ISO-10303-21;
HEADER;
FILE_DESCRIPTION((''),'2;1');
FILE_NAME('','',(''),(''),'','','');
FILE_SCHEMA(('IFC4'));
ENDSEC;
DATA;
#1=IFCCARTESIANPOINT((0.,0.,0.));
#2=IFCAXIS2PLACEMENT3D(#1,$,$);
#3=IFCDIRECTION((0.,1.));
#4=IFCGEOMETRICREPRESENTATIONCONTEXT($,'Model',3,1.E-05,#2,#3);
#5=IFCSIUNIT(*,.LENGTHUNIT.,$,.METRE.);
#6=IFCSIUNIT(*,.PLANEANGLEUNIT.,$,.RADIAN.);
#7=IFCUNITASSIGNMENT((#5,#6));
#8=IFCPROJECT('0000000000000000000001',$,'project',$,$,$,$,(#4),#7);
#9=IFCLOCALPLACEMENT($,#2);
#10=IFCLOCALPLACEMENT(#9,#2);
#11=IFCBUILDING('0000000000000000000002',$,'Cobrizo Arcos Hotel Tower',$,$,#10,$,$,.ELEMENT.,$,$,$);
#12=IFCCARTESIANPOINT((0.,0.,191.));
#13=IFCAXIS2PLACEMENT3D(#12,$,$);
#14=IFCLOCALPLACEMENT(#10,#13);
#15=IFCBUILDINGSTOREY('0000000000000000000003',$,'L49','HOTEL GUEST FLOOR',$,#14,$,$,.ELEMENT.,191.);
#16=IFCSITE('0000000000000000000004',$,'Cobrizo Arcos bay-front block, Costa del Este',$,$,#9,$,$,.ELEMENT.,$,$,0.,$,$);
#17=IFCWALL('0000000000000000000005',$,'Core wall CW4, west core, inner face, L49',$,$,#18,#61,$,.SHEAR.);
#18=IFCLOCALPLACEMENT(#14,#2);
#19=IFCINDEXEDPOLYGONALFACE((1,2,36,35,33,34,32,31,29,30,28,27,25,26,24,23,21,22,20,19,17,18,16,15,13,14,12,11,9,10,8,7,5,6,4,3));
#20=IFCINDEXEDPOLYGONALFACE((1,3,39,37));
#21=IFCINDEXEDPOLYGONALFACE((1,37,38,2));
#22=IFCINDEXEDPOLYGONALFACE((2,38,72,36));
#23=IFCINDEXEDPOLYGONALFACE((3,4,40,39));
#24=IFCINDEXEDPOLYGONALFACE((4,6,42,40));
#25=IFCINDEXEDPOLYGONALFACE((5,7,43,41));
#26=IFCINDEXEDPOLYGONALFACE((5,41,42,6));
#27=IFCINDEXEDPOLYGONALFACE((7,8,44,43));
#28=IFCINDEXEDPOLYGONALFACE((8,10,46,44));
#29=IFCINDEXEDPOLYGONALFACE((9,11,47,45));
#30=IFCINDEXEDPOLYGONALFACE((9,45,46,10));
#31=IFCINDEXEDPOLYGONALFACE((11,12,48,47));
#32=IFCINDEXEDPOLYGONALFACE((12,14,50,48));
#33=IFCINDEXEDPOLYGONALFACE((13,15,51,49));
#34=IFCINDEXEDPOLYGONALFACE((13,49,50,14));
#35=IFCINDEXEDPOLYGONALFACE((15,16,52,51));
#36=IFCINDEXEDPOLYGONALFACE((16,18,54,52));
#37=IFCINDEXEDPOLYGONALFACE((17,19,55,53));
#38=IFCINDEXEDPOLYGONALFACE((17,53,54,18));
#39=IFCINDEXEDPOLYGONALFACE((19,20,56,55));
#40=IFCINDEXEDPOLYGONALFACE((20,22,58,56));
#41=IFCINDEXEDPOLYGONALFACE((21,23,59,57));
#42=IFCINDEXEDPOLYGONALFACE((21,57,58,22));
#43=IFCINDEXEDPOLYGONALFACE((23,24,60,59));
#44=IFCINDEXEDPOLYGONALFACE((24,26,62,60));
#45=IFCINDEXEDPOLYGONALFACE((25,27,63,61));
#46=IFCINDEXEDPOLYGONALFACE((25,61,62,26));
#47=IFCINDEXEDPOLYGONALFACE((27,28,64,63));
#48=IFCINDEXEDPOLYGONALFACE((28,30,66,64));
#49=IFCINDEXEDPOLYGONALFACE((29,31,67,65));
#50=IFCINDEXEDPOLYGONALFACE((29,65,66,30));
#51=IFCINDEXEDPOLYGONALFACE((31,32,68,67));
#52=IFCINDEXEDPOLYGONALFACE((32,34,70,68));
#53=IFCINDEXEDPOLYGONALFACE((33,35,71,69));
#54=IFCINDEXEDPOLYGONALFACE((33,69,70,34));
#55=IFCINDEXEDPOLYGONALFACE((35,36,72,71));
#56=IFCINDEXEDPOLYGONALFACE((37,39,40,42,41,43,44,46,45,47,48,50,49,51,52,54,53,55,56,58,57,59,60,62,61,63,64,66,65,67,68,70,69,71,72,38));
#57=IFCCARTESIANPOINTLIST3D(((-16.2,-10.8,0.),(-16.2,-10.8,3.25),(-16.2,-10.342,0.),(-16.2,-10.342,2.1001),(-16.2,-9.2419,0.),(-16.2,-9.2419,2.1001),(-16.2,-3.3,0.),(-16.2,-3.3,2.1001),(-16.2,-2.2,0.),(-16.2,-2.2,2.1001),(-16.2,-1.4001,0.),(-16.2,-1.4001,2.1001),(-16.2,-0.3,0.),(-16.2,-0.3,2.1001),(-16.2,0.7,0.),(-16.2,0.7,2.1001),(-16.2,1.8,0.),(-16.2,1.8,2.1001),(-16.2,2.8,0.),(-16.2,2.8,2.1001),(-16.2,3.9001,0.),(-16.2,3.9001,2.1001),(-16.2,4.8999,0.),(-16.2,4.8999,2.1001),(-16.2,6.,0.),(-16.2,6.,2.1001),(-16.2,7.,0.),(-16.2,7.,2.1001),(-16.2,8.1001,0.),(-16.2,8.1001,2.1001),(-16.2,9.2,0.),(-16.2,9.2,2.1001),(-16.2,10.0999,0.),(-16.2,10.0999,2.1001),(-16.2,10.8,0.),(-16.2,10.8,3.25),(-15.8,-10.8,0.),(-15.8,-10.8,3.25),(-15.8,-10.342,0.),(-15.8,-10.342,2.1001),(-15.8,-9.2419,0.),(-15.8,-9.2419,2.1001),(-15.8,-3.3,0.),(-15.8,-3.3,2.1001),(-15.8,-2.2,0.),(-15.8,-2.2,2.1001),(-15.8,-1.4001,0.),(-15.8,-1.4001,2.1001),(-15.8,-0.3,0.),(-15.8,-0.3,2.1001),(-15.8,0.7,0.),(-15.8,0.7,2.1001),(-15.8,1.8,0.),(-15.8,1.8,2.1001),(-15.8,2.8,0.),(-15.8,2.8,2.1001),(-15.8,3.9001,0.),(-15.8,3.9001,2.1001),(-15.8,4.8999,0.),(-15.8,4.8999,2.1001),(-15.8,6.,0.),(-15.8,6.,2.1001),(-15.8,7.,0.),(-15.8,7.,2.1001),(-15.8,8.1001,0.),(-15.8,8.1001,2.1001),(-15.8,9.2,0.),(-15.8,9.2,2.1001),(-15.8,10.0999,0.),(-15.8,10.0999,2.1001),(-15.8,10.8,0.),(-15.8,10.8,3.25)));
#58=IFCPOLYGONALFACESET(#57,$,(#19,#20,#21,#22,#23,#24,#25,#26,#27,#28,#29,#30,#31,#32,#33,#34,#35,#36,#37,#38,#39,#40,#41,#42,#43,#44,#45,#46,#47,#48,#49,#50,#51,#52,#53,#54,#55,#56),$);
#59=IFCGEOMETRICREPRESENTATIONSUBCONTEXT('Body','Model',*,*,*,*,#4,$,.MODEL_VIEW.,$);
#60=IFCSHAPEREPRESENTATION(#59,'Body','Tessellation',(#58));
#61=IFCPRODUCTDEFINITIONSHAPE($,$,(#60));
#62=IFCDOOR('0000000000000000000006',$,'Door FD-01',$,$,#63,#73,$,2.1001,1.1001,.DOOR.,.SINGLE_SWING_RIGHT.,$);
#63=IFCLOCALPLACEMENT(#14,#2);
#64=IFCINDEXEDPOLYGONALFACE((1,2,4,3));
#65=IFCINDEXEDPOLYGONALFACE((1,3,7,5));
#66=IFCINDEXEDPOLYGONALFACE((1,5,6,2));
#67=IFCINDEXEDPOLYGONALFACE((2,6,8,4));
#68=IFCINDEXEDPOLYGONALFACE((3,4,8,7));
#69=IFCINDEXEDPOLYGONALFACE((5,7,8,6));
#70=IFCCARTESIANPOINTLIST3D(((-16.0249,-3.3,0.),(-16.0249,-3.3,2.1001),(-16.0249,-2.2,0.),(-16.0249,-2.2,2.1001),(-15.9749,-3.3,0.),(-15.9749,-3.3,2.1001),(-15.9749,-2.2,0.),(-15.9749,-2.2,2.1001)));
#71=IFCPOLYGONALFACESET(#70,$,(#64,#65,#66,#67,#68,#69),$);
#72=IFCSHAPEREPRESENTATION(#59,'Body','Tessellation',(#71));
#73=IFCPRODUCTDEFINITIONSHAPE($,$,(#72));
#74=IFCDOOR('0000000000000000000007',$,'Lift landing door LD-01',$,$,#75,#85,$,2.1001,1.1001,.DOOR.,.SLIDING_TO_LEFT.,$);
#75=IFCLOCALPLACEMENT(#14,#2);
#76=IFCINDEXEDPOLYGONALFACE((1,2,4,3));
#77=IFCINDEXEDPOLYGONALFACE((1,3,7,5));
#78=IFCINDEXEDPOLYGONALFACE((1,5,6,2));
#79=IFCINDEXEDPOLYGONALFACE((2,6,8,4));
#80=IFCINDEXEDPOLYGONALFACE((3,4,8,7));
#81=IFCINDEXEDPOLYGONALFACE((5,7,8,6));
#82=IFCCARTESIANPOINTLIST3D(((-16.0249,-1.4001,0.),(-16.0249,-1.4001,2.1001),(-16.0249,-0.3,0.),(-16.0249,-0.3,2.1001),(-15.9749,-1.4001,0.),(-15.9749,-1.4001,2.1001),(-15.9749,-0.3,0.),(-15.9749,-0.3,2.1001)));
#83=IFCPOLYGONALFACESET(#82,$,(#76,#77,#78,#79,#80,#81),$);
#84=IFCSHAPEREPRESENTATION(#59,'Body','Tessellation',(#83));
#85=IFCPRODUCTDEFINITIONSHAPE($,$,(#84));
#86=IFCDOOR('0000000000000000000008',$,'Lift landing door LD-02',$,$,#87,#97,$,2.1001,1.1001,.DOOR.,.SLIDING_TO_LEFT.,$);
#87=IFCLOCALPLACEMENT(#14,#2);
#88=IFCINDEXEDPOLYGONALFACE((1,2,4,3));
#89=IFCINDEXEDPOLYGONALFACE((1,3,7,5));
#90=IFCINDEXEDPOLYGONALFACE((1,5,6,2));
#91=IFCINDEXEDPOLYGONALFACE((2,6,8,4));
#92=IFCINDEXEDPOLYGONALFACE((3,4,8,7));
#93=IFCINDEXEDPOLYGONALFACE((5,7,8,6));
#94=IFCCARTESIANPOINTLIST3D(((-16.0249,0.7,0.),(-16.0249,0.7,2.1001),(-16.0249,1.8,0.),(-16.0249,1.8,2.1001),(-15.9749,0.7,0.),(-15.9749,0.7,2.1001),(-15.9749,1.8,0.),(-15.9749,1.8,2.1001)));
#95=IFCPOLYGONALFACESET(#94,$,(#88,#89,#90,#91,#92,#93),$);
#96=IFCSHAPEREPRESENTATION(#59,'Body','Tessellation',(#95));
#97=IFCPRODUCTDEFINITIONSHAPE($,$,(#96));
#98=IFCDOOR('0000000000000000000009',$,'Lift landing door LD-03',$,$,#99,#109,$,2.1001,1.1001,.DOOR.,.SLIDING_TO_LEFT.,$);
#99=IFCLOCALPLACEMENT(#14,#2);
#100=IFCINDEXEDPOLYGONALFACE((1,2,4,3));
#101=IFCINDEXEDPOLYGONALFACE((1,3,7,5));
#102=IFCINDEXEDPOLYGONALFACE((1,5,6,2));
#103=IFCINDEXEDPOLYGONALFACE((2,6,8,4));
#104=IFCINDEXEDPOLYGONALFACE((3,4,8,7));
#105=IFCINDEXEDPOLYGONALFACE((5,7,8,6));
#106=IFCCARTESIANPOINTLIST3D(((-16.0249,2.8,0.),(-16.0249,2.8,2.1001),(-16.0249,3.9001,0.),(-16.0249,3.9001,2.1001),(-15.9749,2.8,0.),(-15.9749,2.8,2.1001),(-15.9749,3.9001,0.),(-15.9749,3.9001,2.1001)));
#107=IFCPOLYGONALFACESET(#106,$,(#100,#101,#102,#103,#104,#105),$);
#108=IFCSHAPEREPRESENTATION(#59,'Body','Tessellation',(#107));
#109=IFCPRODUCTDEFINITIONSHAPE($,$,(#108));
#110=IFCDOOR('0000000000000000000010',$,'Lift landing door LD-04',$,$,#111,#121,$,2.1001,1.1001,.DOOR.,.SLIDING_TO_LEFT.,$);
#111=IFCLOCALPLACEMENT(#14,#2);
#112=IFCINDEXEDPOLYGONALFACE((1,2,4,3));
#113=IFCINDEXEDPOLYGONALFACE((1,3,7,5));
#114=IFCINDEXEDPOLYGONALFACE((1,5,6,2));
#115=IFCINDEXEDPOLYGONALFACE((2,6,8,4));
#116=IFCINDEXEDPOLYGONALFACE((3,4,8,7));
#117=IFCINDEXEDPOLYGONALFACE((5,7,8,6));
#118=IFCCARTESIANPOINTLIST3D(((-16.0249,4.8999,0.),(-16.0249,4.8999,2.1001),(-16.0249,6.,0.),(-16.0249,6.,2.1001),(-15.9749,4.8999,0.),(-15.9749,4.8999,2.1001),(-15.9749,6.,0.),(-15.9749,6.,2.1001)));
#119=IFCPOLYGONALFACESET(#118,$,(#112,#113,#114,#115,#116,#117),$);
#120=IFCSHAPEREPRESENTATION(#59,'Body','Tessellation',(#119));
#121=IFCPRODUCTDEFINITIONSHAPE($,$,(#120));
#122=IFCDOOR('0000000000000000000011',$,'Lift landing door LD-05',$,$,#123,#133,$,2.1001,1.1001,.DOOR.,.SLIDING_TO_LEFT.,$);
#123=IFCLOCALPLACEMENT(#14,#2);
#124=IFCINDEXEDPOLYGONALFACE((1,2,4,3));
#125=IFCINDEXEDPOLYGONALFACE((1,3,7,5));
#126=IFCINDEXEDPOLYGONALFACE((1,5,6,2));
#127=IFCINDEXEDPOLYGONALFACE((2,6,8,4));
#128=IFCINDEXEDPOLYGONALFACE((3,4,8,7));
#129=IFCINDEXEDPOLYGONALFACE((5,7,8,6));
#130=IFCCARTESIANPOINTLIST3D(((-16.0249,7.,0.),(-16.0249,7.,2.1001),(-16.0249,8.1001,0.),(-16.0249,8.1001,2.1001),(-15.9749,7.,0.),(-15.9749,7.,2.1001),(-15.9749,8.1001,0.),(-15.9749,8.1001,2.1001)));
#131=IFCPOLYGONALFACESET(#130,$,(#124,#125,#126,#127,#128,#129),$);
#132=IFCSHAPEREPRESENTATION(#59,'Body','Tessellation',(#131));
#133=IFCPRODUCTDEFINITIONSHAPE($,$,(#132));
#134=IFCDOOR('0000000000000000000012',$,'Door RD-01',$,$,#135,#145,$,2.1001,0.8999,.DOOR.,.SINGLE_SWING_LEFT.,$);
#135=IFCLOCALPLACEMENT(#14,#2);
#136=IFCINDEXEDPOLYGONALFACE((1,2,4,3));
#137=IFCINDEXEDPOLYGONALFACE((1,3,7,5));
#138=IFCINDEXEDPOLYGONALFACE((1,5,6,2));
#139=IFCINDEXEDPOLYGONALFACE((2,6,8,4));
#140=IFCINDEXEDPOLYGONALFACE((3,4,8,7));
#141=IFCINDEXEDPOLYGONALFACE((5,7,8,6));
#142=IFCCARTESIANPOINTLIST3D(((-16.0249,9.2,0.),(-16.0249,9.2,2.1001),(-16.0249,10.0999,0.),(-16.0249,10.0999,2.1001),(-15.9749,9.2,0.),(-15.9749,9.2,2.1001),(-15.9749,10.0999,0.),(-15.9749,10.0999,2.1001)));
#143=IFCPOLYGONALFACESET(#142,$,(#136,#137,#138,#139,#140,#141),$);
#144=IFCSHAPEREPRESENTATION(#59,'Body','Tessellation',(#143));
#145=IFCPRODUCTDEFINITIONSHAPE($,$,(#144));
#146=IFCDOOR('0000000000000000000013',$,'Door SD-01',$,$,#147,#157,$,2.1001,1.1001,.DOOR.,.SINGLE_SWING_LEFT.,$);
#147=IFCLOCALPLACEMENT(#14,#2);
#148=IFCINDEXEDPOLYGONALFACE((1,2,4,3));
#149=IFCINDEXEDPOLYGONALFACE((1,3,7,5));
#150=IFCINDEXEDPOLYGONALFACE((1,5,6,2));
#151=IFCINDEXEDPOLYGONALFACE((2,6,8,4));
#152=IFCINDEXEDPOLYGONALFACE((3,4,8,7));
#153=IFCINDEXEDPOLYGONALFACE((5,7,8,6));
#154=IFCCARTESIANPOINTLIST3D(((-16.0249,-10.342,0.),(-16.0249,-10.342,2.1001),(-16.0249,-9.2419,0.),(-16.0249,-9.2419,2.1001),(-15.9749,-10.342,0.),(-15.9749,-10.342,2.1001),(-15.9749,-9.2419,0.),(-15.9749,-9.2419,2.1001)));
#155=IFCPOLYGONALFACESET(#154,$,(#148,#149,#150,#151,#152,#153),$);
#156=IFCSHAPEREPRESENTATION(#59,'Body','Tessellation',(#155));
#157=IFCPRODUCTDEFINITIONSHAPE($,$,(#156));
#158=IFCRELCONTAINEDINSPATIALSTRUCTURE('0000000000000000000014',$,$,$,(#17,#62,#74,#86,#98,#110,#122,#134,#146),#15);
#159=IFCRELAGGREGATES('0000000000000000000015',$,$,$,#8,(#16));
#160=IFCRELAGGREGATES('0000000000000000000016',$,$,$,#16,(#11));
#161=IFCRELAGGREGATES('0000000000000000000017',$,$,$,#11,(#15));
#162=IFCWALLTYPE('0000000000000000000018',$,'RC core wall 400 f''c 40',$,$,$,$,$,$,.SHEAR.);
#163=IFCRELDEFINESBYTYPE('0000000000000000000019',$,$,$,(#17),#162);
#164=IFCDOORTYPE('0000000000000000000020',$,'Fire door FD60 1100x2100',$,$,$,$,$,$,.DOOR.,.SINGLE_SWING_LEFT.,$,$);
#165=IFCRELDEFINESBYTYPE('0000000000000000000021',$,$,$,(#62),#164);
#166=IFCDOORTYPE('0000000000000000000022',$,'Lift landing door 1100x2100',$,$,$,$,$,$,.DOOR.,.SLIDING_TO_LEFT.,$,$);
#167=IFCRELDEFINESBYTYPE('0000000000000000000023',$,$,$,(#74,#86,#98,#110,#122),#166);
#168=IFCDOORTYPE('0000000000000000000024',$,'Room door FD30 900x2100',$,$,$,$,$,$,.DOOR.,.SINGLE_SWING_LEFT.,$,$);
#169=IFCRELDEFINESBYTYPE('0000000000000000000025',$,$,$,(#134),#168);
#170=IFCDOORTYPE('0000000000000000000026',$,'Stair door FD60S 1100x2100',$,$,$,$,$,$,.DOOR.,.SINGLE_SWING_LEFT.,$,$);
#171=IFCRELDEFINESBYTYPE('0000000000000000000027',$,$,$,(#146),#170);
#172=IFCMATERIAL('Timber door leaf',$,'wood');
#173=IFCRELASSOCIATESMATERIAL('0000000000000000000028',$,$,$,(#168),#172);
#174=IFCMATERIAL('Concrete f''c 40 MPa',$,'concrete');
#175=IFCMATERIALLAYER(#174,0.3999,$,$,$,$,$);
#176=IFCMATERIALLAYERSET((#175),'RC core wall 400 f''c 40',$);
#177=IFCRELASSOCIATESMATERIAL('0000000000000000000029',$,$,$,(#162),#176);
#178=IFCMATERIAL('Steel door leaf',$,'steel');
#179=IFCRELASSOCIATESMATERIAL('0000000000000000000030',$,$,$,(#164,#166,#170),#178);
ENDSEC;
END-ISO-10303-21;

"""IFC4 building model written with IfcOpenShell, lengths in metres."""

from ifc_helpers import new_model, si_unit, direction, frame, frame_2d, origin, place, context, subcontext, project, spatial, rectangle, extrude, material, layer, layer_set, type_object, element, fill, save


model = new_model("IFC4")

# Units and contexts
model_context = context("Model", 3, precision=1e-05, world=origin(), true_north=direction((0.0, 1.0)))
body_context = subcontext(model_context, "Body", "Model", "MODEL_VIEW")
ifc_project = project(units=[si_unit("LENGTHUNIT", "METRE"), si_unit("PLANEANGLEUNIT", "RADIAN")], contexts=[model_context])

# Site, building, storey
site_placement = place(None, origin())
site = spatial("IfcSite", under=ifc_project, at=site_placement, Name="Cobrizo Arcos bay-front block, Costa del Este", CompositionType="ELEMENT", RefElevation=0.0)
building_placement = place(site_placement, origin())
building = spatial("IfcBuilding", under=site, at=building_placement, Name="Cobrizo Arcos Hotel Tower", CompositionType="ELEMENT")
storey_placement = place(building_placement, frame((0.0, 0.0, 191.0)))
storey = spatial("IfcBuildingStorey", under=building, at=storey_placement, Name="L49", Description="HOTEL GUEST FLOOR", CompositionType="ELEMENT", Elevation=191.0)

# Shared definitions
ifc_material_1 = material(Name="Timber door leaf", Category="wood")
door_type_1 = type_object("IfcDoorType", Name="Room door FD30 900x2100", OperationType="SINGLE_SWING_LEFT", PredefinedType="DOOR", material=ifc_material_1)

# Wall, openings, doors
ifc_material_2 = material(Name="Concrete f'c 40 MPa", Category="concrete")
ifc_layer_1 = layer(ifc_material_2, 0.3999)
ifc_layer_set_1 = layer_set([ifc_layer_1], Name="RC core wall 400 f'c 40")
wall_type_1 = type_object("IfcWallType", Name="RC core wall 400 f'c 40", PredefinedType="SHEAR", material=ifc_layer_set_1)
wall_1_placement = place(storey_placement, frame((-16.0, -10.8, 0.0), z_axis=(0.0, 0.0, 1.0), x_axis=(0.0, 1.0, 0.0)))
wall_1 = element("IfcWall", 1, at=wall_1_placement, inside=storey, type_object=wall_type_1, Name="Core wall CW4, west core, inner face, L49", PredefinedType="SHEAR", context=body_context, shape_type="SweptSolid", body=[
    extrude(rectangle(XDim=21.6001, YDim=0.3999, at=frame_2d((10.8, 0.0))), origin(), (0.0, 0.0, 1.0), 3.25),
])
opening_1_placement = place(wall_1_placement, frame((9.3999, 0.0, 0.0)))
opening_1 = element("IfcOpeningElement", 2, at=opening_1_placement, cuts=wall_1, PredefinedType="OPENING", context=body_context, shape_type="SweptSolid", body=[
    extrude(rectangle(XDim=1.1001, YDim=2.1001, at=frame_2d((0.55, 1.05))), frame((0.0, 0.2119, 0.0), z_axis=(0.0, -1.0, 0.0), x_axis=(1.0, 0.0, 0.0)), (0.0, 0.0, 1.0), 0.4238),
])
opening_2_placement = place(wall_1_placement, frame((11.5, 0.0, 0.0)))
opening_2 = element("IfcOpeningElement", 3, at=opening_2_placement, cuts=wall_1, PredefinedType="OPENING", context=body_context, shape_type="SweptSolid", body=[
    extrude(rectangle(XDim=1.1001, YDim=2.1001, at=frame_2d((0.55, 1.05))), frame((0.0, 0.2119, 0.0), z_axis=(0.0, -1.0, 0.0), x_axis=(1.0, 0.0, 0.0)), (0.0, 0.0, 1.0), 0.4238),
])
opening_3_placement = place(wall_1_placement, frame((13.6001, 0.0, 0.0)))
opening_3 = element("IfcOpeningElement", 4, at=opening_3_placement, cuts=wall_1, PredefinedType="OPENING", context=body_context, shape_type="SweptSolid", body=[
    extrude(rectangle(XDim=1.1001, YDim=2.1001, at=frame_2d((0.55, 1.05))), frame((0.0, 0.2119, 0.0), z_axis=(0.0, -1.0, 0.0), x_axis=(1.0, 0.0, 0.0)), (0.0, 0.0, 1.0), 0.4238),
])
opening_4_placement = place(wall_1_placement, frame((15.7, 0.0, 0.0)))
opening_4 = element("IfcOpeningElement", 5, at=opening_4_placement, cuts=wall_1, PredefinedType="OPENING", context=body_context, shape_type="SweptSolid", body=[
    extrude(rectangle(XDim=1.1001, YDim=2.1001, at=frame_2d((0.55, 1.05))), frame((0.0, 0.2119, 0.0), z_axis=(0.0, -1.0, 0.0), x_axis=(1.0, 0.0, 0.0)), (0.0, 0.0, 1.0), 0.4238),
])
opening_5_placement = place(wall_1_placement, frame((17.8, 0.0, 0.0)))
opening_5 = element("IfcOpeningElement", 6, at=opening_5_placement, cuts=wall_1, PredefinedType="OPENING", context=body_context, shape_type="SweptSolid", body=[
    extrude(rectangle(XDim=1.1001, YDim=2.1001, at=frame_2d((0.55, 1.05))), frame((0.0, 0.2119, 0.0), z_axis=(0.0, -1.0, 0.0), x_axis=(1.0, 0.0, 0.0)), (0.0, 0.0, 1.0), 0.4238),
])
opening_6_placement = place(wall_1_placement, frame((0.458, 0.0, 0.0)))
opening_6 = element("IfcOpeningElement", 7, at=opening_6_placement, cuts=wall_1, PredefinedType="OPENING", context=body_context, shape_type="SweptSolid", body=[
    extrude(rectangle(XDim=1.1001, YDim=2.1001, at=frame_2d((0.55, 1.05))), frame((0.0, 0.2119, 0.0), z_axis=(0.0, -1.0, 0.0), x_axis=(1.0, 0.0, 0.0)), (0.0, 0.0, 1.0), 0.4238),
])
opening_7_placement = place(wall_1_placement, frame((7.5, 0.0, 0.0)))
opening_7 = element("IfcOpeningElement", 8, at=opening_7_placement, cuts=wall_1, PredefinedType="OPENING", context=body_context, shape_type="SweptSolid", body=[
    extrude(rectangle(XDim=1.1001, YDim=2.1001, at=frame_2d((0.55, 1.05))), frame((0.0, 0.2119, 0.0), z_axis=(0.0, -1.0, 0.0), x_axis=(1.0, 0.0, 0.0)), (0.0, 0.0, 1.0), 0.4238),
])
opening_8_placement = place(wall_1_placement, frame((20.0, 0.0, 0.0)))
opening_8 = element("IfcOpeningElement", 9, at=opening_8_placement, cuts=wall_1, PredefinedType="OPENING", context=body_context, shape_type="SweptSolid", body=[
    extrude(rectangle(XDim=0.8999, YDim=2.1001, at=frame_2d((0.45, 1.05))), frame((0.0, 0.2119, 0.0), z_axis=(0.0, -1.0, 0.0), x_axis=(1.0, 0.0, 0.0)), (0.0, 0.0, 1.0), 0.4238),
])
ifc_material_3 = material(Name="Steel door leaf", Category="steel")
door_type_2 = type_object("IfcDoorType", Name="Fire door FD60 1100x2100", OperationType="SINGLE_SWING_LEFT", PredefinedType="DOOR", material=ifc_material_3)
door_1_placement = place(opening_7_placement, origin())
door_1 = element("IfcDoor", 10, at=door_1_placement, inside=storey, type_object=door_type_2, Name="Door FD-01", OperationType="SINGLE_SWING_RIGHT", OverallHeight=2.1001, OverallWidth=1.1001, PredefinedType="DOOR", context=body_context, shape_type="SweptSolid", body=[
    extrude(rectangle(XDim=1.1001, YDim=2.1001, at=frame_2d((0.55, 1.05))), frame((0.0, 0.0249, 0.0), z_axis=(0.0, -1.0, 0.0), x_axis=(1.0, 0.0, 0.0)), (0.0, 0.0, 1.0), 0.05),
])
fill(opening_7, door_1)
door_type_3 = type_object("IfcDoorType", Name="Lift landing door 1100x2100", OperationType="SLIDING_TO_LEFT", PredefinedType="DOOR", material=ifc_material_3)
door_2_placement = place(opening_1_placement, origin())
door_2 = element("IfcDoor", 11, at=door_2_placement, inside=storey, type_object=door_type_3, Name="Lift landing door LD-01", OperationType="SLIDING_TO_LEFT", OverallHeight=2.1001, OverallWidth=1.1001, PredefinedType="DOOR", context=body_context, shape_type="SweptSolid", body=[
    extrude(rectangle(XDim=1.1001, YDim=2.1001, at=frame_2d((0.55, 1.05))), frame((0.0, 0.0249, 0.0), z_axis=(0.0, -1.0, 0.0), x_axis=(1.0, 0.0, 0.0)), (0.0, 0.0, 1.0), 0.05),
])
fill(opening_1, door_2)
door_3_placement = place(opening_2_placement, origin())
door_3 = element("IfcDoor", 12, at=door_3_placement, inside=storey, type_object=door_type_3, Name="Lift landing door LD-02", OperationType="SLIDING_TO_LEFT", OverallHeight=2.1001, OverallWidth=1.1001, PredefinedType="DOOR", context=body_context, shape_type="SweptSolid", body=[
    extrude(rectangle(XDim=1.1001, YDim=2.1001, at=frame_2d((0.55, 1.05))), frame((0.0, 0.0249, 0.0), z_axis=(0.0, -1.0, 0.0), x_axis=(1.0, 0.0, 0.0)), (0.0, 0.0, 1.0), 0.05),
])
fill(opening_2, door_3)
door_4_placement = place(opening_3_placement, origin())
door_4 = element("IfcDoor", 13, at=door_4_placement, inside=storey, type_object=door_type_3, Name="Lift landing door LD-03", OperationType="SLIDING_TO_LEFT", OverallHeight=2.1001, OverallWidth=1.1001, PredefinedType="DOOR", context=body_context, shape_type="SweptSolid", body=[
    extrude(rectangle(XDim=1.1001, YDim=2.1001, at=frame_2d((0.55, 1.05))), frame((0.0, 0.0249, 0.0), z_axis=(0.0, -1.0, 0.0), x_axis=(1.0, 0.0, 0.0)), (0.0, 0.0, 1.0), 0.05),
])
fill(opening_3, door_4)
door_5_placement = place(opening_4_placement, origin())
door_5 = element("IfcDoor", 14, at=door_5_placement, inside=storey, type_object=door_type_3, Name="Lift landing door LD-04", OperationType="SLIDING_TO_LEFT", OverallHeight=2.1001, OverallWidth=1.1001, PredefinedType="DOOR", context=body_context, shape_type="SweptSolid", body=[
    extrude(rectangle(XDim=1.1001, YDim=2.1001, at=frame_2d((0.55, 1.05))), frame((0.0, 0.0249, 0.0), z_axis=(0.0, -1.0, 0.0), x_axis=(1.0, 0.0, 0.0)), (0.0, 0.0, 1.0), 0.05),
])
fill(opening_4, door_5)
door_6_placement = place(opening_5_placement, origin())
door_6 = element("IfcDoor", 15, at=door_6_placement, inside=storey, type_object=door_type_3, Name="Lift landing door LD-05", OperationType="SLIDING_TO_LEFT", OverallHeight=2.1001, OverallWidth=1.1001, PredefinedType="DOOR", context=body_context, shape_type="SweptSolid", body=[
    extrude(rectangle(XDim=1.1001, YDim=2.1001, at=frame_2d((0.55, 1.05))), frame((0.0, 0.0249, 0.0), z_axis=(0.0, -1.0, 0.0), x_axis=(1.0, 0.0, 0.0)), (0.0, 0.0, 1.0), 0.05),
])
fill(opening_5, door_6)
door_7_placement = place(opening_8_placement, origin())
door_7 = element("IfcDoor", 16, at=door_7_placement, inside=storey, type_object=door_type_1, Name="Door RD-01", OperationType="SINGLE_SWING_LEFT", OverallHeight=2.1001, OverallWidth=0.8999, PredefinedType="DOOR", context=body_context, shape_type="SweptSolid", body=[
    extrude(rectangle(XDim=0.8999, YDim=2.1001, at=frame_2d((0.45, 1.05))), frame((0.0, 0.0249, 0.0), z_axis=(0.0, -1.0, 0.0), x_axis=(1.0, 0.0, 0.0)), (0.0, 0.0, 1.0), 0.05),
])
fill(opening_8, door_7)
door_type_4 = type_object("IfcDoorType", Name="Stair door FD60S 1100x2100", OperationType="SINGLE_SWING_LEFT", PredefinedType="DOOR", material=ifc_material_3)
door_8_placement = place(opening_6_placement, origin())
door_8 = element("IfcDoor", 17, at=door_8_placement, inside=storey, type_object=door_type_4, Name="Door SD-01", OperationType="SINGLE_SWING_LEFT", OverallHeight=2.1001, OverallWidth=1.1001, PredefinedType="DOOR", context=body_context, shape_type="SweptSolid", body=[
    extrude(rectangle(XDim=1.1001, YDim=2.1001, at=frame_2d((0.55, 1.05))), frame((0.0, 0.0249, 0.0), z_axis=(0.0, -1.0, 0.0), x_axis=(1.0, 0.0, 0.0)), (0.0, 0.0, 1.0), 0.05),
])
fill(opening_6, door_8)

save(model, "model.ifc")
